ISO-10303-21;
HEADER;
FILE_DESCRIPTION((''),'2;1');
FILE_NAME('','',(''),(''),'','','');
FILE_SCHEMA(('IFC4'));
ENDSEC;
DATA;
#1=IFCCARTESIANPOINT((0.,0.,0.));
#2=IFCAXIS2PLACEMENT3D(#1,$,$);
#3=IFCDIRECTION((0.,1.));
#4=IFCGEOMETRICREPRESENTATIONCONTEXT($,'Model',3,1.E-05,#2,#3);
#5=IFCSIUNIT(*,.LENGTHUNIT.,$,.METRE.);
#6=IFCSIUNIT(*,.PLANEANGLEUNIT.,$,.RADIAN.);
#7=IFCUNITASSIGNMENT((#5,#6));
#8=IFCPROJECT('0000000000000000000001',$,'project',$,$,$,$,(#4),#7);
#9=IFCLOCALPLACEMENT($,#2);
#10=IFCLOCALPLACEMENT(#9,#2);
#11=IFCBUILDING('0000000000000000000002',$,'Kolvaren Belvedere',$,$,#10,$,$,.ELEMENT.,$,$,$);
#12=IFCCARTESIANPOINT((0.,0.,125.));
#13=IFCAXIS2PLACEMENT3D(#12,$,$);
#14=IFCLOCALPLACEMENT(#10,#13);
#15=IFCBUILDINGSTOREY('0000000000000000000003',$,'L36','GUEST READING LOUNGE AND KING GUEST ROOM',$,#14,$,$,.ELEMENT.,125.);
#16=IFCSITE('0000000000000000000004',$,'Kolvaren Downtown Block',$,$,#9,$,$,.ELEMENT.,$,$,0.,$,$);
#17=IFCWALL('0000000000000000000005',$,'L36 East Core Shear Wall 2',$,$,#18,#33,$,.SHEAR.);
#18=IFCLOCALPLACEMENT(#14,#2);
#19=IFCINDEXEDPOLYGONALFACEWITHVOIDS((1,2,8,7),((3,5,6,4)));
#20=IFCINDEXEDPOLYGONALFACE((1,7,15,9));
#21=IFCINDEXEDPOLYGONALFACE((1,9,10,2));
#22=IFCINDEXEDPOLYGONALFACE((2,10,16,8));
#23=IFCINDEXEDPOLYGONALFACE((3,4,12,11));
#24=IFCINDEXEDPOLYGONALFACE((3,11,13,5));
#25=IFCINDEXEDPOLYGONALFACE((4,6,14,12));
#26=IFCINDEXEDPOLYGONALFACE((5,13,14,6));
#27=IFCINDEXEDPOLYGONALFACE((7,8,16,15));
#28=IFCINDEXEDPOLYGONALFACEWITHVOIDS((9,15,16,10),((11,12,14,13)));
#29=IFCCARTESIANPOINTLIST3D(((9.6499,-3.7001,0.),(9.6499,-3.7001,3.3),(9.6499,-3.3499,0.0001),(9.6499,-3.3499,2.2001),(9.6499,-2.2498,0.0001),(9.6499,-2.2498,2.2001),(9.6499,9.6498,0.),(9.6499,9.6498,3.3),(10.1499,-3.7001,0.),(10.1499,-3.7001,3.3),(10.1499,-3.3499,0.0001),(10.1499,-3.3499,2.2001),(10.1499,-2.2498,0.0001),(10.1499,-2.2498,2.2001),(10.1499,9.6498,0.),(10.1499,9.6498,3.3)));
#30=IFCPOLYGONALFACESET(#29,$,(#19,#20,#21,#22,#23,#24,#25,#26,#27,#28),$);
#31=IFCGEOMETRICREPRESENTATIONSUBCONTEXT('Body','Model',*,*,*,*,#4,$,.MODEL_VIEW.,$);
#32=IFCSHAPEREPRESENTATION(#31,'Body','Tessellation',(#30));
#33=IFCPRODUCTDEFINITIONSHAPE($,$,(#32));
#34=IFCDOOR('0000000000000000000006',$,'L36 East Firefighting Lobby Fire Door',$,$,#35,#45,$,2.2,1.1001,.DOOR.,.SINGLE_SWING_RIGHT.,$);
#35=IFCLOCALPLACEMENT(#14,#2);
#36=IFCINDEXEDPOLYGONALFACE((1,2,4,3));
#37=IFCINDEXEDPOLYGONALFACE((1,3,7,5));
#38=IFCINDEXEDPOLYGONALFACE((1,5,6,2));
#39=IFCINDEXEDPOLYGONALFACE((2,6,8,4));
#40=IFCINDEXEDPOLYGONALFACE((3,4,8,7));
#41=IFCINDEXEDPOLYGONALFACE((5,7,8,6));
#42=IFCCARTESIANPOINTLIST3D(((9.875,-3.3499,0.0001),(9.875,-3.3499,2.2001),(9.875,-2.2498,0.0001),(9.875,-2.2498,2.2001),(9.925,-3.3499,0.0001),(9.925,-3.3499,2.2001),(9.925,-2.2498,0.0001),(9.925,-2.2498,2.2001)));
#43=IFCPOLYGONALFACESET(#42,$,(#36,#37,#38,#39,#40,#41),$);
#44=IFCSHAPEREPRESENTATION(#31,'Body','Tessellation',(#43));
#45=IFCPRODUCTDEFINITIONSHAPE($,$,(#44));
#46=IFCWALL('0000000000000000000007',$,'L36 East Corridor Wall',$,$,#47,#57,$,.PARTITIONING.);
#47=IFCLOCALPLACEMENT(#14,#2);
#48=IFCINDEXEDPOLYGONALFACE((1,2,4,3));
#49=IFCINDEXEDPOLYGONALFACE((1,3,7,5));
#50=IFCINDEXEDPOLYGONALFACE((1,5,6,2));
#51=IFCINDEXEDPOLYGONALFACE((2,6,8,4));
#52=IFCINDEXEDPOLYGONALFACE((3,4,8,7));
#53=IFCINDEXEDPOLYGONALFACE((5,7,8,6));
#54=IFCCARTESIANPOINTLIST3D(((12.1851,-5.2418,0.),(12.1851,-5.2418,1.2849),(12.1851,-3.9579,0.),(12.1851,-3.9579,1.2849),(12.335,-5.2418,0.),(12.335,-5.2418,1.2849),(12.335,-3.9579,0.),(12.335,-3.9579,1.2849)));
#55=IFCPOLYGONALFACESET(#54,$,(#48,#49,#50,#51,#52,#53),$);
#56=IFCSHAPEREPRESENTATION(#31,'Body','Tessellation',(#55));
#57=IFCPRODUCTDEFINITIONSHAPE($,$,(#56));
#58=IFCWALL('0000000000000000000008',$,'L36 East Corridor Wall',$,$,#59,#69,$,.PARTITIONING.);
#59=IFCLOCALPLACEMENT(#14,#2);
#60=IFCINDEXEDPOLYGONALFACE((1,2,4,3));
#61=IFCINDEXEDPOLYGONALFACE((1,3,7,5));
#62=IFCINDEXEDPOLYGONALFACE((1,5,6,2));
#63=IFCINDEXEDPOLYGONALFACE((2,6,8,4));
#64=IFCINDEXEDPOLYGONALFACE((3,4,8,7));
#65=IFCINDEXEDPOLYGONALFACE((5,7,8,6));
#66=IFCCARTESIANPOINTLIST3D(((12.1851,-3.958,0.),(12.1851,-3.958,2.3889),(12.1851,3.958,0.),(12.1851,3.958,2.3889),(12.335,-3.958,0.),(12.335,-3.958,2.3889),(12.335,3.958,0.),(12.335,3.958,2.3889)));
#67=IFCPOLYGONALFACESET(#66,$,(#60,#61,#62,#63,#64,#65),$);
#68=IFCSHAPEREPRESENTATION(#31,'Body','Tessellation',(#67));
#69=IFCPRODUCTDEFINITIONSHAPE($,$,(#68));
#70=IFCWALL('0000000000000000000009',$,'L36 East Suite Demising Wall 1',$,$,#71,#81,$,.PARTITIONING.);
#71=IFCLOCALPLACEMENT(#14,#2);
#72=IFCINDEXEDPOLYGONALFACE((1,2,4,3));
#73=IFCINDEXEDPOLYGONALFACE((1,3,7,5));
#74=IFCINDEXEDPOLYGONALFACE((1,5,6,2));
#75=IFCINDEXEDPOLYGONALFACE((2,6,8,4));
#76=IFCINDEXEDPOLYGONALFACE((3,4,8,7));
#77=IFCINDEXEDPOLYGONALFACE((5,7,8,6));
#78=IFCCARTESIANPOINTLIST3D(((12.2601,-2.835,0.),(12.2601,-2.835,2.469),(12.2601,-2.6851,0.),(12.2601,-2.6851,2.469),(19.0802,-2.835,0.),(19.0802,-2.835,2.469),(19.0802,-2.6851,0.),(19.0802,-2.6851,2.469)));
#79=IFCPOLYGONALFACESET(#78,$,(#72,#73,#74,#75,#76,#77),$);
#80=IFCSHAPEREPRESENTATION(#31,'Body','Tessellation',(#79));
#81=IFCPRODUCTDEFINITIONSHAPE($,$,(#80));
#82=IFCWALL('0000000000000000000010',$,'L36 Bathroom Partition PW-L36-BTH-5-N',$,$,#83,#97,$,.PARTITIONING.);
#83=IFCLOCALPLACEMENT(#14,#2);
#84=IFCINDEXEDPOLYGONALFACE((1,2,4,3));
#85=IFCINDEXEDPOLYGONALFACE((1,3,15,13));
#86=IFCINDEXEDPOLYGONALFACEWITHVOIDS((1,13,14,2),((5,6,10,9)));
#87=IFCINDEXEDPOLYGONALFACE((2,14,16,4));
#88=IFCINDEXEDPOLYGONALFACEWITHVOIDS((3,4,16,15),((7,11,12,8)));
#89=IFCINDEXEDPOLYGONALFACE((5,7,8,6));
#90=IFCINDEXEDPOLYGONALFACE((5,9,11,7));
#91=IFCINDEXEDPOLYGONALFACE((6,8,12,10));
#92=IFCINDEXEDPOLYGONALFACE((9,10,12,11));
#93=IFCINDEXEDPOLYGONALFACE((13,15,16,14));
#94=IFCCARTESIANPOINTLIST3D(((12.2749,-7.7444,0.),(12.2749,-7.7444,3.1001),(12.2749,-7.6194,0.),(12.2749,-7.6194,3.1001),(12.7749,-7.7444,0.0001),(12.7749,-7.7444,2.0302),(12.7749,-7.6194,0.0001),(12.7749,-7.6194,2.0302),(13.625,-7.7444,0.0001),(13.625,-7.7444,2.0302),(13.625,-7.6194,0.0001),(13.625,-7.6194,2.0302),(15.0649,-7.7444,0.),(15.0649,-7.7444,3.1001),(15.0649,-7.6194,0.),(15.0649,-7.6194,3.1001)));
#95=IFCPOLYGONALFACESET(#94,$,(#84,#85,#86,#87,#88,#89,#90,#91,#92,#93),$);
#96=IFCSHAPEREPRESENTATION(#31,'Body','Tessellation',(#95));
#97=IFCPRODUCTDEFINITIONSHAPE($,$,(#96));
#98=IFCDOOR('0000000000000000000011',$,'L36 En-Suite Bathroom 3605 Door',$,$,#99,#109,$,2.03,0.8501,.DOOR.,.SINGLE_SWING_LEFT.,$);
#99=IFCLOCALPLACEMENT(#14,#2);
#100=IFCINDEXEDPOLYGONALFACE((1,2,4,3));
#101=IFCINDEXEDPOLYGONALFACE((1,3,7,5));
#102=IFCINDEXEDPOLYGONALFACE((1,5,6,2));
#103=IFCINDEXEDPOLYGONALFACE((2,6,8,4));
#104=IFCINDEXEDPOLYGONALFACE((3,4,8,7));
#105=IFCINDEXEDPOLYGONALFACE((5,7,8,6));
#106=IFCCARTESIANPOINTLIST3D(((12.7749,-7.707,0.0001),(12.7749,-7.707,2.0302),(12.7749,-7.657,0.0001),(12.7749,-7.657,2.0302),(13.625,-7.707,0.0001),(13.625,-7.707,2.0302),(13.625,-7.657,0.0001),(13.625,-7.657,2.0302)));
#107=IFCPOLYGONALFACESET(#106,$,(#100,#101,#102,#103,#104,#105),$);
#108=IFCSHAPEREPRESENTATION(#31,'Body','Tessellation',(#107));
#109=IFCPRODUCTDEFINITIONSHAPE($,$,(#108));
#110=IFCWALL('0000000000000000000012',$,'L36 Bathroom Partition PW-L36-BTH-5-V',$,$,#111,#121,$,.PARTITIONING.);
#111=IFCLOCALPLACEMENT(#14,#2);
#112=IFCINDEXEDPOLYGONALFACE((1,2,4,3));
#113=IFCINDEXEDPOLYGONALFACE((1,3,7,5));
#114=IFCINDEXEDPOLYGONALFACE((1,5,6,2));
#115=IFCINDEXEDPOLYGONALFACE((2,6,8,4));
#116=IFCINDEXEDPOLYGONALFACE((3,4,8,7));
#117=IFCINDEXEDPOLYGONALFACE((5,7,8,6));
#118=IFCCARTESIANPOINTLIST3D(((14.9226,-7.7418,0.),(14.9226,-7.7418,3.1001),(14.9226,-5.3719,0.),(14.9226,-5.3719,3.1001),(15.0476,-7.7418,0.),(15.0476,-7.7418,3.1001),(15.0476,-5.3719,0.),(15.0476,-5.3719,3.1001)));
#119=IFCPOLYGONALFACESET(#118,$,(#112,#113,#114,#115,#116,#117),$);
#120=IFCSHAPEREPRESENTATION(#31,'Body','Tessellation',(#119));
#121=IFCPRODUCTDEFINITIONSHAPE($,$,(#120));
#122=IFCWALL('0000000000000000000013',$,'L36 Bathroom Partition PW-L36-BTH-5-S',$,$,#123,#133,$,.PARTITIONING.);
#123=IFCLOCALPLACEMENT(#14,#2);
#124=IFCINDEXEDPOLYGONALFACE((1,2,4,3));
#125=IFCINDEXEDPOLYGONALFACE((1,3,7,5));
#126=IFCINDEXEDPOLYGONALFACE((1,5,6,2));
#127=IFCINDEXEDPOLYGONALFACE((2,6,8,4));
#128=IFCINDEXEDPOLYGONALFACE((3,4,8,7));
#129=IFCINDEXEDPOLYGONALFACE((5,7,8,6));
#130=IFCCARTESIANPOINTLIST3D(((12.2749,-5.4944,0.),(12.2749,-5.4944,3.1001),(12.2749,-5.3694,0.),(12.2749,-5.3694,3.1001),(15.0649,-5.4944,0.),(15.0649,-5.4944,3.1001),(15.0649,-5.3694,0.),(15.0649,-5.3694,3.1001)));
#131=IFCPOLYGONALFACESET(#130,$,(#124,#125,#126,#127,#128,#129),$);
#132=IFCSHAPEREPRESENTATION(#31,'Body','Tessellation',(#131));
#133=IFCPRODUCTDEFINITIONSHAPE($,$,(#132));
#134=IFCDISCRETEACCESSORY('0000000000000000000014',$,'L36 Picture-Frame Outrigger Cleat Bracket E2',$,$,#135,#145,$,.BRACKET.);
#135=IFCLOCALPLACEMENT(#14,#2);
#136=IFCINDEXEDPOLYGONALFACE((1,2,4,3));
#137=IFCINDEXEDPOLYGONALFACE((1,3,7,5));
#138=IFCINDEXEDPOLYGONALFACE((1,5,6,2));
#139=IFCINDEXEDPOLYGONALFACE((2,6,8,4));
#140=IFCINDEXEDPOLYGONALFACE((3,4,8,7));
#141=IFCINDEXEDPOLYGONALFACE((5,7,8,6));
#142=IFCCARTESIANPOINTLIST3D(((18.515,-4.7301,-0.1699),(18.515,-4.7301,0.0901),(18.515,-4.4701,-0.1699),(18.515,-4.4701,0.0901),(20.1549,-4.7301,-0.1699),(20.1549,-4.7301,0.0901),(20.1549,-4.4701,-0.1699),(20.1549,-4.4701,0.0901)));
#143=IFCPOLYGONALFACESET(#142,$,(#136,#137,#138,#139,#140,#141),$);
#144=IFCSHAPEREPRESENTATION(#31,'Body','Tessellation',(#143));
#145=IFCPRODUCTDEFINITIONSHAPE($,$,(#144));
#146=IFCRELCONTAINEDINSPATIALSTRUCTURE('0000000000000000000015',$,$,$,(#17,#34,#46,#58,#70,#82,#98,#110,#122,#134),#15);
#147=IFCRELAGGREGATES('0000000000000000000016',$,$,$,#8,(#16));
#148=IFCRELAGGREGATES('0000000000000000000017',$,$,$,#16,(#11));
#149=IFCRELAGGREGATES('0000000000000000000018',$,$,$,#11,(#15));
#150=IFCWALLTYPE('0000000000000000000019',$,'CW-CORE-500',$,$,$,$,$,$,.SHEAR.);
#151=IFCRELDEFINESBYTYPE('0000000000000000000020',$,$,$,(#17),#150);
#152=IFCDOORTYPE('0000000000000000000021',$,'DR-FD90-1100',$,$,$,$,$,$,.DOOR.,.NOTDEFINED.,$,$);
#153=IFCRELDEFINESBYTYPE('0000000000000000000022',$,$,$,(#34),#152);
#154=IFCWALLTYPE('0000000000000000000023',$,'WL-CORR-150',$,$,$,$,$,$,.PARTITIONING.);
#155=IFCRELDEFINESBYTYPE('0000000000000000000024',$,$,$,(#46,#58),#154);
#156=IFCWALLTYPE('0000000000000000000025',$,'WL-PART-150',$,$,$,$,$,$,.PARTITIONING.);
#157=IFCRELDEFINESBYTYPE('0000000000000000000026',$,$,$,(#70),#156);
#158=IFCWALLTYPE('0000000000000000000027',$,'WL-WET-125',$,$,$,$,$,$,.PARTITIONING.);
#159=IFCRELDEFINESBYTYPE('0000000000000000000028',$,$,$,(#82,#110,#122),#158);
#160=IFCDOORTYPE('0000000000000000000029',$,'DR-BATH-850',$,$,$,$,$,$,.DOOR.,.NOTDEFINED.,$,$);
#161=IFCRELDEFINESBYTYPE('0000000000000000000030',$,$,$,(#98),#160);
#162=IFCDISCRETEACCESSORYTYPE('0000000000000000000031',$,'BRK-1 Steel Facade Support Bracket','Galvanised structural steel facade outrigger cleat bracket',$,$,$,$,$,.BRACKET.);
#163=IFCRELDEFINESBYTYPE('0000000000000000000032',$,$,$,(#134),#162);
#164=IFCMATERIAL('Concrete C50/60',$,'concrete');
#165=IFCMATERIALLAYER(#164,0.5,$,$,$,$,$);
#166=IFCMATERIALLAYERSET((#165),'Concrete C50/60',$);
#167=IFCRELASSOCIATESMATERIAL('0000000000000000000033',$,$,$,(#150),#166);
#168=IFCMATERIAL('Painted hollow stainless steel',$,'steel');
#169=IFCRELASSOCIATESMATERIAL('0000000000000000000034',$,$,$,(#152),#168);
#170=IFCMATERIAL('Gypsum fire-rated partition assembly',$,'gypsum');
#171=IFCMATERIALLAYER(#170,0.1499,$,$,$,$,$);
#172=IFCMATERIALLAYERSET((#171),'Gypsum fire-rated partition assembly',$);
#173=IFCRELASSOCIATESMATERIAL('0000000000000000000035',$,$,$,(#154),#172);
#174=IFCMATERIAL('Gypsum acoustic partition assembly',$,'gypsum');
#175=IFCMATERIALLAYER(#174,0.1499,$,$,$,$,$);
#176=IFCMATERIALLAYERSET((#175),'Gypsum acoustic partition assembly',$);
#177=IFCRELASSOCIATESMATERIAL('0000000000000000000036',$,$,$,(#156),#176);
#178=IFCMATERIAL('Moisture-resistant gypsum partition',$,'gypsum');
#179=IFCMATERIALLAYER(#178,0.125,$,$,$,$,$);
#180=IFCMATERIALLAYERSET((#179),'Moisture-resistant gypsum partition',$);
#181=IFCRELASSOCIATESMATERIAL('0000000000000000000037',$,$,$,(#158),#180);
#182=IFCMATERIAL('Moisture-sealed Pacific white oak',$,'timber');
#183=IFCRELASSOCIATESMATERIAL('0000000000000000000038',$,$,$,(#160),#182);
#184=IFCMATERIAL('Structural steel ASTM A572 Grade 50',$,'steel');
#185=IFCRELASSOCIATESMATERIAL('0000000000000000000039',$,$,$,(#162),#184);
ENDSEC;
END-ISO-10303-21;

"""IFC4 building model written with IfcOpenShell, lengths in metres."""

from ifc_helpers import new_model, si_unit, direction, frame, frame_2d, origin, origin_2d, place, context, subcontext, project, spatial, rectangle, extrude, material, layer, layer_set, type_object, element, fill, save


model = new_model("IFC4")

# Units and contexts
model_context = context("Model", 3, precision=1e-05, world=origin(), true_north=direction((0.0, 1.0)))
body_context = subcontext(model_context, "Body", "Model", "MODEL_VIEW")
ifc_project = project(units=[si_unit("LENGTHUNIT", "METRE"), si_unit("PLANEANGLEUNIT", "RADIAN")], contexts=[model_context])

# Site, building, storey
site_placement = place(None, origin())
site = spatial("IfcSite", under=ifc_project, at=site_placement, Name="Kolvaren Downtown Block", CompositionType="ELEMENT", RefElevation=0.0)
building_placement = place(site_placement, origin())
building = spatial("IfcBuilding", under=site, at=building_placement, Name="Kolvaren Belvedere", CompositionType="ELEMENT")
storey_placement = place(building_placement, frame((0.0, 0.0, 125.0)))
storey = spatial("IfcBuildingStorey", under=building, at=storey_placement, Name="L36", Description="GUEST READING LOUNGE AND KING GUEST ROOM", CompositionType="ELEMENT", Elevation=125.0)

# Shared definitions
ifc_material_1 = material(Name="Concrete C50/60", Category="concrete")
ifc_layer_1 = layer(ifc_material_1, 0.5)
ifc_layer_set_1 = layer_set([ifc_layer_1], Name="Concrete C50/60")
wall_type_1 = type_object("IfcWallType", Name="CW-CORE-500", PredefinedType="SHEAR", material=ifc_layer_set_1)

# Wall, opening, door
wall_1_placement = place(storey_placement, frame((9.8999, -3.7, 0.0), z_axis=(0.0, 0.0, 1.0), x_axis=(0.0, 1.0, 0.0)))
wall_1 = element("IfcWall", 1, at=wall_1_placement, inside=storey, type_object=wall_type_1, Name="L36 East Core Shear Wall 2", PredefinedType="SHEAR", context=body_context, shape_type="SweptSolid", body=[
    extrude(rectangle(XDim=13.3499, YDim=0.5, at=frame_2d((6.6748, 0.0))), origin(), (0.0, 0.0, 1.0), 3.3),
])
opening_1_placement = place(wall_1_placement, frame((0.3501, 0.0, 0.0)))
opening_1 = element("IfcOpeningElement", 2, at=opening_1_placement, cuts=wall_1, PredefinedType="OPENING", context=body_context, shape_type="SweptSolid", body=[
    extrude(rectangle(XDim=1.1001, YDim=2.2, at=frame_2d((0.55, 1.1001))), frame((0.0, 0.26, 0.0), z_axis=(0.0, -1.0, 0.0), x_axis=(1.0, 0.0, 0.0)), (0.0, 0.0, 1.0), 0.52),
])
ifc_material_2 = material(Name="Painted hollow stainless steel", Category="steel")
door_type_1 = type_object("IfcDoorType", Name="DR-FD90-1100", OperationType="NOTDEFINED", PredefinedType="DOOR", material=ifc_material_2)
door_1_placement = place(opening_1_placement, origin())
door_1 = element("IfcDoor", 3, at=door_1_placement, inside=storey, type_object=door_type_1, Name="L36 East Firefighting Lobby Fire Door", OperationType="SINGLE_SWING_RIGHT", OverallHeight=2.2, OverallWidth=1.1001, PredefinedType="DOOR", context=body_context, shape_type="SweptSolid", body=[
    extrude(rectangle(XDim=1.1001, YDim=2.2, at=frame_2d((0.55, 1.1001))), frame((0.0, 0.0249, 0.0), z_axis=(0.0, -1.0, 0.0), x_axis=(1.0, 0.0, 0.0)), (0.0, 0.0, 1.0), 0.05),
])
fill(opening_1, door_1)

# Walls
ifc_material_3 = material(Name="Gypsum fire-rated partition assembly", Category="gypsum")
ifc_layer_2 = layer(ifc_material_3, 0.1499)
ifc_layer_set_2 = layer_set([ifc_layer_2], Name="Gypsum fire-rated partition assembly")
wall_type_2 = type_object("IfcWallType", Name="WL-CORR-150", PredefinedType="PARTITIONING", material=ifc_layer_set_2)
wall_2_placement = place(storey_placement, frame((12.26, -5.2419, 0.0), z_axis=(0.0, 0.0, 1.0), x_axis=(0.0, 1.0, 0.0)))
element("IfcWall", 4, at=wall_2_placement, inside=storey, type_object=wall_type_2, Name="L36 East Corridor Wall", PredefinedType="PARTITIONING", context=body_context, shape_type="SweptSolid", body=[
    extrude(rectangle(XDim=1.2839, YDim=0.1499, at=frame_2d((0.6421, 0.0))), origin(), (0.0, 0.0, 1.0), 1.2849),
])
wall_3_placement = place(storey_placement, frame((12.26, -3.958, 0.0), z_axis=(0.0, 0.0, 1.0), x_axis=(0.0, 1.0, 0.0)))
element("IfcWall", 5, at=wall_3_placement, inside=storey, type_object=wall_type_2, Name="L36 East Corridor Wall", PredefinedType="PARTITIONING", context=body_context, shape_type="SweptSolid", body=[
    extrude(rectangle(XDim=7.916, YDim=0.1499, at=frame_2d((3.958, 0.0))), origin(), (0.0, 0.0, 1.0), 2.3889),
])
ifc_material_4 = material(Name="Gypsum acoustic partition assembly", Category="gypsum")
ifc_layer_3 = layer(ifc_material_4, 0.1499)
ifc_layer_set_3 = layer_set([ifc_layer_3], Name="Gypsum acoustic partition assembly")
wall_type_3 = type_object("IfcWallType", Name="WL-PART-150", PredefinedType="PARTITIONING", material=ifc_layer_set_3)
wall_4_placement = place(storey_placement, frame((12.26, -2.76, 0.0), z_axis=(0.0, 0.0, 1.0), x_axis=(1.0, 0.0, 0.0)))
element("IfcWall", 6, at=wall_4_placement, inside=storey, type_object=wall_type_3, Name="L36 East Suite Demising Wall 1", PredefinedType="PARTITIONING", context=body_context, shape_type="SweptSolid", body=[
    extrude(rectangle(XDim=6.8201, YDim=0.1499, at=frame_2d((3.4102, 0.0))), origin(), (0.0, 0.0, 1.0), 2.469),
])

# Wall, opening, door
ifc_material_5 = material(Name="Moisture-resistant gypsum partition", Category="gypsum")
ifc_layer_4 = layer(ifc_material_5, 0.125)
ifc_layer_set_4 = layer_set([ifc_layer_4], Name="Moisture-resistant gypsum partition")
wall_type_4 = type_object("IfcWallType", Name="WL-WET-125", PredefinedType="PARTITIONING", material=ifc_layer_set_4)
wall_5_placement = place(storey_placement, frame((12.2749, -7.6819, 0.0), z_axis=(0.0, 0.0, 1.0), x_axis=(1.0, 0.0, 0.0)))
wall_5 = element("IfcWall", 7, at=wall_5_placement, inside=storey, type_object=wall_type_4, Name="L36 Bathroom Partition PW-L36-BTH-5-N", PredefinedType="PARTITIONING", context=body_context, shape_type="SweptSolid", body=[
    extrude(rectangle(XDim=2.79, YDim=0.125, at=frame_2d((1.395, 0.0))), origin(), (0.0, 0.0, 1.0), 3.1001),
])
opening_2_placement = place(wall_5_placement, frame((0.5, 0.0, 0.0)))
opening_2 = element("IfcOpeningElement", 8, at=opening_2_placement, cuts=wall_5, PredefinedType="OPENING", context=body_context, shape_type="SweptSolid", body=[
    extrude(rectangle(XDim=0.8501, YDim=2.03, at=frame_2d((0.425, 1.0151))), frame((0.0, 0.0725, 0.0), z_axis=(0.0, -1.0, 0.0), x_axis=(1.0, 0.0, 0.0)), (0.0, 0.0, 1.0), 0.145),
])
ifc_material_6 = material(Name="Moisture-sealed Pacific white oak", Category="timber")
door_type_2 = type_object("IfcDoorType", Name="DR-BATH-850", OperationType="NOTDEFINED", PredefinedType="DOOR", material=ifc_material_6)
door_2_placement = place(opening_2_placement, origin())
door_2 = element("IfcDoor", 9, at=door_2_placement, inside=storey, type_object=door_type_2, Name="L36 En-Suite Bathroom 3605 Door", OperationType="SINGLE_SWING_LEFT", OverallHeight=2.03, OverallWidth=0.8501, PredefinedType="DOOR", context=body_context, shape_type="SweptSolid", body=[
    extrude(rectangle(XDim=0.8501, YDim=2.03, at=frame_2d((0.425, 1.0151))), frame((0.0, 0.0249, 0.0), z_axis=(0.0, -1.0, 0.0), x_axis=(1.0, 0.0, 0.0)), (0.0, 0.0, 1.0), 0.05),
])
fill(opening_2, door_2)

# Walls
wall_6_placement = place(storey_placement, frame((14.9851, -7.7419, 0.0), z_axis=(0.0, 0.0, 1.0), x_axis=(0.0, 1.0, 0.0)))
element("IfcWall", 10, at=wall_6_placement, inside=storey, type_object=wall_type_4, Name="L36 Bathroom Partition PW-L36-BTH-5-V", PredefinedType="PARTITIONING", context=body_context, shape_type="SweptSolid", body=[
    extrude(rectangle(XDim=2.3699, YDim=0.125, at=frame_2d((1.1851, 0.0))), origin(), (0.0, 0.0, 1.0), 3.1001),
])
wall_7_placement = place(storey_placement, frame((12.2749, -5.4319, 0.0), z_axis=(0.0, 0.0, 1.0), x_axis=(1.0, 0.0, 0.0)))
element("IfcWall", 11, at=wall_7_placement, inside=storey, type_object=wall_type_4, Name="L36 Bathroom Partition PW-L36-BTH-5-S", PredefinedType="PARTITIONING", context=body_context, shape_type="SweptSolid", body=[
    extrude(rectangle(XDim=2.79, YDim=0.125, at=frame_2d((1.395, 0.0))), origin(), (0.0, 0.0, 1.0), 3.1001),
])

# Discrete accessory
ifc_material_7 = material(Name="Structural steel ASTM A572 Grade 50", Category="steel")
discrete_accessory_type = type_object("IfcDiscreteAccessoryType", Name="BRK-1 Steel Facade Support Bracket", Description="Galvanised structural steel facade outrigger cleat bracket", PredefinedType="BRACKET", material=ifc_material_7)
discrete_accessory_placement = place(storey_placement, frame((19.335, -4.6001, -0.1699), z_axis=(0.0, 0.0, 1.0), x_axis=(1.0, 0.0, 0.0)))
element("IfcDiscreteAccessory", 12, at=discrete_accessory_placement, inside=storey, type_object=discrete_accessory_type, Name="L36 Picture-Frame Outrigger Cleat Bracket E2", PredefinedType="BRACKET", context=body_context, shape_type="SweptSolid", body=[
    extrude(rectangle(XDim=1.6399, YDim=0.26, at=origin_2d()), origin(), (0.0, 0.0, 1.0), 0.26),
])

save(model, "model.ifc")
